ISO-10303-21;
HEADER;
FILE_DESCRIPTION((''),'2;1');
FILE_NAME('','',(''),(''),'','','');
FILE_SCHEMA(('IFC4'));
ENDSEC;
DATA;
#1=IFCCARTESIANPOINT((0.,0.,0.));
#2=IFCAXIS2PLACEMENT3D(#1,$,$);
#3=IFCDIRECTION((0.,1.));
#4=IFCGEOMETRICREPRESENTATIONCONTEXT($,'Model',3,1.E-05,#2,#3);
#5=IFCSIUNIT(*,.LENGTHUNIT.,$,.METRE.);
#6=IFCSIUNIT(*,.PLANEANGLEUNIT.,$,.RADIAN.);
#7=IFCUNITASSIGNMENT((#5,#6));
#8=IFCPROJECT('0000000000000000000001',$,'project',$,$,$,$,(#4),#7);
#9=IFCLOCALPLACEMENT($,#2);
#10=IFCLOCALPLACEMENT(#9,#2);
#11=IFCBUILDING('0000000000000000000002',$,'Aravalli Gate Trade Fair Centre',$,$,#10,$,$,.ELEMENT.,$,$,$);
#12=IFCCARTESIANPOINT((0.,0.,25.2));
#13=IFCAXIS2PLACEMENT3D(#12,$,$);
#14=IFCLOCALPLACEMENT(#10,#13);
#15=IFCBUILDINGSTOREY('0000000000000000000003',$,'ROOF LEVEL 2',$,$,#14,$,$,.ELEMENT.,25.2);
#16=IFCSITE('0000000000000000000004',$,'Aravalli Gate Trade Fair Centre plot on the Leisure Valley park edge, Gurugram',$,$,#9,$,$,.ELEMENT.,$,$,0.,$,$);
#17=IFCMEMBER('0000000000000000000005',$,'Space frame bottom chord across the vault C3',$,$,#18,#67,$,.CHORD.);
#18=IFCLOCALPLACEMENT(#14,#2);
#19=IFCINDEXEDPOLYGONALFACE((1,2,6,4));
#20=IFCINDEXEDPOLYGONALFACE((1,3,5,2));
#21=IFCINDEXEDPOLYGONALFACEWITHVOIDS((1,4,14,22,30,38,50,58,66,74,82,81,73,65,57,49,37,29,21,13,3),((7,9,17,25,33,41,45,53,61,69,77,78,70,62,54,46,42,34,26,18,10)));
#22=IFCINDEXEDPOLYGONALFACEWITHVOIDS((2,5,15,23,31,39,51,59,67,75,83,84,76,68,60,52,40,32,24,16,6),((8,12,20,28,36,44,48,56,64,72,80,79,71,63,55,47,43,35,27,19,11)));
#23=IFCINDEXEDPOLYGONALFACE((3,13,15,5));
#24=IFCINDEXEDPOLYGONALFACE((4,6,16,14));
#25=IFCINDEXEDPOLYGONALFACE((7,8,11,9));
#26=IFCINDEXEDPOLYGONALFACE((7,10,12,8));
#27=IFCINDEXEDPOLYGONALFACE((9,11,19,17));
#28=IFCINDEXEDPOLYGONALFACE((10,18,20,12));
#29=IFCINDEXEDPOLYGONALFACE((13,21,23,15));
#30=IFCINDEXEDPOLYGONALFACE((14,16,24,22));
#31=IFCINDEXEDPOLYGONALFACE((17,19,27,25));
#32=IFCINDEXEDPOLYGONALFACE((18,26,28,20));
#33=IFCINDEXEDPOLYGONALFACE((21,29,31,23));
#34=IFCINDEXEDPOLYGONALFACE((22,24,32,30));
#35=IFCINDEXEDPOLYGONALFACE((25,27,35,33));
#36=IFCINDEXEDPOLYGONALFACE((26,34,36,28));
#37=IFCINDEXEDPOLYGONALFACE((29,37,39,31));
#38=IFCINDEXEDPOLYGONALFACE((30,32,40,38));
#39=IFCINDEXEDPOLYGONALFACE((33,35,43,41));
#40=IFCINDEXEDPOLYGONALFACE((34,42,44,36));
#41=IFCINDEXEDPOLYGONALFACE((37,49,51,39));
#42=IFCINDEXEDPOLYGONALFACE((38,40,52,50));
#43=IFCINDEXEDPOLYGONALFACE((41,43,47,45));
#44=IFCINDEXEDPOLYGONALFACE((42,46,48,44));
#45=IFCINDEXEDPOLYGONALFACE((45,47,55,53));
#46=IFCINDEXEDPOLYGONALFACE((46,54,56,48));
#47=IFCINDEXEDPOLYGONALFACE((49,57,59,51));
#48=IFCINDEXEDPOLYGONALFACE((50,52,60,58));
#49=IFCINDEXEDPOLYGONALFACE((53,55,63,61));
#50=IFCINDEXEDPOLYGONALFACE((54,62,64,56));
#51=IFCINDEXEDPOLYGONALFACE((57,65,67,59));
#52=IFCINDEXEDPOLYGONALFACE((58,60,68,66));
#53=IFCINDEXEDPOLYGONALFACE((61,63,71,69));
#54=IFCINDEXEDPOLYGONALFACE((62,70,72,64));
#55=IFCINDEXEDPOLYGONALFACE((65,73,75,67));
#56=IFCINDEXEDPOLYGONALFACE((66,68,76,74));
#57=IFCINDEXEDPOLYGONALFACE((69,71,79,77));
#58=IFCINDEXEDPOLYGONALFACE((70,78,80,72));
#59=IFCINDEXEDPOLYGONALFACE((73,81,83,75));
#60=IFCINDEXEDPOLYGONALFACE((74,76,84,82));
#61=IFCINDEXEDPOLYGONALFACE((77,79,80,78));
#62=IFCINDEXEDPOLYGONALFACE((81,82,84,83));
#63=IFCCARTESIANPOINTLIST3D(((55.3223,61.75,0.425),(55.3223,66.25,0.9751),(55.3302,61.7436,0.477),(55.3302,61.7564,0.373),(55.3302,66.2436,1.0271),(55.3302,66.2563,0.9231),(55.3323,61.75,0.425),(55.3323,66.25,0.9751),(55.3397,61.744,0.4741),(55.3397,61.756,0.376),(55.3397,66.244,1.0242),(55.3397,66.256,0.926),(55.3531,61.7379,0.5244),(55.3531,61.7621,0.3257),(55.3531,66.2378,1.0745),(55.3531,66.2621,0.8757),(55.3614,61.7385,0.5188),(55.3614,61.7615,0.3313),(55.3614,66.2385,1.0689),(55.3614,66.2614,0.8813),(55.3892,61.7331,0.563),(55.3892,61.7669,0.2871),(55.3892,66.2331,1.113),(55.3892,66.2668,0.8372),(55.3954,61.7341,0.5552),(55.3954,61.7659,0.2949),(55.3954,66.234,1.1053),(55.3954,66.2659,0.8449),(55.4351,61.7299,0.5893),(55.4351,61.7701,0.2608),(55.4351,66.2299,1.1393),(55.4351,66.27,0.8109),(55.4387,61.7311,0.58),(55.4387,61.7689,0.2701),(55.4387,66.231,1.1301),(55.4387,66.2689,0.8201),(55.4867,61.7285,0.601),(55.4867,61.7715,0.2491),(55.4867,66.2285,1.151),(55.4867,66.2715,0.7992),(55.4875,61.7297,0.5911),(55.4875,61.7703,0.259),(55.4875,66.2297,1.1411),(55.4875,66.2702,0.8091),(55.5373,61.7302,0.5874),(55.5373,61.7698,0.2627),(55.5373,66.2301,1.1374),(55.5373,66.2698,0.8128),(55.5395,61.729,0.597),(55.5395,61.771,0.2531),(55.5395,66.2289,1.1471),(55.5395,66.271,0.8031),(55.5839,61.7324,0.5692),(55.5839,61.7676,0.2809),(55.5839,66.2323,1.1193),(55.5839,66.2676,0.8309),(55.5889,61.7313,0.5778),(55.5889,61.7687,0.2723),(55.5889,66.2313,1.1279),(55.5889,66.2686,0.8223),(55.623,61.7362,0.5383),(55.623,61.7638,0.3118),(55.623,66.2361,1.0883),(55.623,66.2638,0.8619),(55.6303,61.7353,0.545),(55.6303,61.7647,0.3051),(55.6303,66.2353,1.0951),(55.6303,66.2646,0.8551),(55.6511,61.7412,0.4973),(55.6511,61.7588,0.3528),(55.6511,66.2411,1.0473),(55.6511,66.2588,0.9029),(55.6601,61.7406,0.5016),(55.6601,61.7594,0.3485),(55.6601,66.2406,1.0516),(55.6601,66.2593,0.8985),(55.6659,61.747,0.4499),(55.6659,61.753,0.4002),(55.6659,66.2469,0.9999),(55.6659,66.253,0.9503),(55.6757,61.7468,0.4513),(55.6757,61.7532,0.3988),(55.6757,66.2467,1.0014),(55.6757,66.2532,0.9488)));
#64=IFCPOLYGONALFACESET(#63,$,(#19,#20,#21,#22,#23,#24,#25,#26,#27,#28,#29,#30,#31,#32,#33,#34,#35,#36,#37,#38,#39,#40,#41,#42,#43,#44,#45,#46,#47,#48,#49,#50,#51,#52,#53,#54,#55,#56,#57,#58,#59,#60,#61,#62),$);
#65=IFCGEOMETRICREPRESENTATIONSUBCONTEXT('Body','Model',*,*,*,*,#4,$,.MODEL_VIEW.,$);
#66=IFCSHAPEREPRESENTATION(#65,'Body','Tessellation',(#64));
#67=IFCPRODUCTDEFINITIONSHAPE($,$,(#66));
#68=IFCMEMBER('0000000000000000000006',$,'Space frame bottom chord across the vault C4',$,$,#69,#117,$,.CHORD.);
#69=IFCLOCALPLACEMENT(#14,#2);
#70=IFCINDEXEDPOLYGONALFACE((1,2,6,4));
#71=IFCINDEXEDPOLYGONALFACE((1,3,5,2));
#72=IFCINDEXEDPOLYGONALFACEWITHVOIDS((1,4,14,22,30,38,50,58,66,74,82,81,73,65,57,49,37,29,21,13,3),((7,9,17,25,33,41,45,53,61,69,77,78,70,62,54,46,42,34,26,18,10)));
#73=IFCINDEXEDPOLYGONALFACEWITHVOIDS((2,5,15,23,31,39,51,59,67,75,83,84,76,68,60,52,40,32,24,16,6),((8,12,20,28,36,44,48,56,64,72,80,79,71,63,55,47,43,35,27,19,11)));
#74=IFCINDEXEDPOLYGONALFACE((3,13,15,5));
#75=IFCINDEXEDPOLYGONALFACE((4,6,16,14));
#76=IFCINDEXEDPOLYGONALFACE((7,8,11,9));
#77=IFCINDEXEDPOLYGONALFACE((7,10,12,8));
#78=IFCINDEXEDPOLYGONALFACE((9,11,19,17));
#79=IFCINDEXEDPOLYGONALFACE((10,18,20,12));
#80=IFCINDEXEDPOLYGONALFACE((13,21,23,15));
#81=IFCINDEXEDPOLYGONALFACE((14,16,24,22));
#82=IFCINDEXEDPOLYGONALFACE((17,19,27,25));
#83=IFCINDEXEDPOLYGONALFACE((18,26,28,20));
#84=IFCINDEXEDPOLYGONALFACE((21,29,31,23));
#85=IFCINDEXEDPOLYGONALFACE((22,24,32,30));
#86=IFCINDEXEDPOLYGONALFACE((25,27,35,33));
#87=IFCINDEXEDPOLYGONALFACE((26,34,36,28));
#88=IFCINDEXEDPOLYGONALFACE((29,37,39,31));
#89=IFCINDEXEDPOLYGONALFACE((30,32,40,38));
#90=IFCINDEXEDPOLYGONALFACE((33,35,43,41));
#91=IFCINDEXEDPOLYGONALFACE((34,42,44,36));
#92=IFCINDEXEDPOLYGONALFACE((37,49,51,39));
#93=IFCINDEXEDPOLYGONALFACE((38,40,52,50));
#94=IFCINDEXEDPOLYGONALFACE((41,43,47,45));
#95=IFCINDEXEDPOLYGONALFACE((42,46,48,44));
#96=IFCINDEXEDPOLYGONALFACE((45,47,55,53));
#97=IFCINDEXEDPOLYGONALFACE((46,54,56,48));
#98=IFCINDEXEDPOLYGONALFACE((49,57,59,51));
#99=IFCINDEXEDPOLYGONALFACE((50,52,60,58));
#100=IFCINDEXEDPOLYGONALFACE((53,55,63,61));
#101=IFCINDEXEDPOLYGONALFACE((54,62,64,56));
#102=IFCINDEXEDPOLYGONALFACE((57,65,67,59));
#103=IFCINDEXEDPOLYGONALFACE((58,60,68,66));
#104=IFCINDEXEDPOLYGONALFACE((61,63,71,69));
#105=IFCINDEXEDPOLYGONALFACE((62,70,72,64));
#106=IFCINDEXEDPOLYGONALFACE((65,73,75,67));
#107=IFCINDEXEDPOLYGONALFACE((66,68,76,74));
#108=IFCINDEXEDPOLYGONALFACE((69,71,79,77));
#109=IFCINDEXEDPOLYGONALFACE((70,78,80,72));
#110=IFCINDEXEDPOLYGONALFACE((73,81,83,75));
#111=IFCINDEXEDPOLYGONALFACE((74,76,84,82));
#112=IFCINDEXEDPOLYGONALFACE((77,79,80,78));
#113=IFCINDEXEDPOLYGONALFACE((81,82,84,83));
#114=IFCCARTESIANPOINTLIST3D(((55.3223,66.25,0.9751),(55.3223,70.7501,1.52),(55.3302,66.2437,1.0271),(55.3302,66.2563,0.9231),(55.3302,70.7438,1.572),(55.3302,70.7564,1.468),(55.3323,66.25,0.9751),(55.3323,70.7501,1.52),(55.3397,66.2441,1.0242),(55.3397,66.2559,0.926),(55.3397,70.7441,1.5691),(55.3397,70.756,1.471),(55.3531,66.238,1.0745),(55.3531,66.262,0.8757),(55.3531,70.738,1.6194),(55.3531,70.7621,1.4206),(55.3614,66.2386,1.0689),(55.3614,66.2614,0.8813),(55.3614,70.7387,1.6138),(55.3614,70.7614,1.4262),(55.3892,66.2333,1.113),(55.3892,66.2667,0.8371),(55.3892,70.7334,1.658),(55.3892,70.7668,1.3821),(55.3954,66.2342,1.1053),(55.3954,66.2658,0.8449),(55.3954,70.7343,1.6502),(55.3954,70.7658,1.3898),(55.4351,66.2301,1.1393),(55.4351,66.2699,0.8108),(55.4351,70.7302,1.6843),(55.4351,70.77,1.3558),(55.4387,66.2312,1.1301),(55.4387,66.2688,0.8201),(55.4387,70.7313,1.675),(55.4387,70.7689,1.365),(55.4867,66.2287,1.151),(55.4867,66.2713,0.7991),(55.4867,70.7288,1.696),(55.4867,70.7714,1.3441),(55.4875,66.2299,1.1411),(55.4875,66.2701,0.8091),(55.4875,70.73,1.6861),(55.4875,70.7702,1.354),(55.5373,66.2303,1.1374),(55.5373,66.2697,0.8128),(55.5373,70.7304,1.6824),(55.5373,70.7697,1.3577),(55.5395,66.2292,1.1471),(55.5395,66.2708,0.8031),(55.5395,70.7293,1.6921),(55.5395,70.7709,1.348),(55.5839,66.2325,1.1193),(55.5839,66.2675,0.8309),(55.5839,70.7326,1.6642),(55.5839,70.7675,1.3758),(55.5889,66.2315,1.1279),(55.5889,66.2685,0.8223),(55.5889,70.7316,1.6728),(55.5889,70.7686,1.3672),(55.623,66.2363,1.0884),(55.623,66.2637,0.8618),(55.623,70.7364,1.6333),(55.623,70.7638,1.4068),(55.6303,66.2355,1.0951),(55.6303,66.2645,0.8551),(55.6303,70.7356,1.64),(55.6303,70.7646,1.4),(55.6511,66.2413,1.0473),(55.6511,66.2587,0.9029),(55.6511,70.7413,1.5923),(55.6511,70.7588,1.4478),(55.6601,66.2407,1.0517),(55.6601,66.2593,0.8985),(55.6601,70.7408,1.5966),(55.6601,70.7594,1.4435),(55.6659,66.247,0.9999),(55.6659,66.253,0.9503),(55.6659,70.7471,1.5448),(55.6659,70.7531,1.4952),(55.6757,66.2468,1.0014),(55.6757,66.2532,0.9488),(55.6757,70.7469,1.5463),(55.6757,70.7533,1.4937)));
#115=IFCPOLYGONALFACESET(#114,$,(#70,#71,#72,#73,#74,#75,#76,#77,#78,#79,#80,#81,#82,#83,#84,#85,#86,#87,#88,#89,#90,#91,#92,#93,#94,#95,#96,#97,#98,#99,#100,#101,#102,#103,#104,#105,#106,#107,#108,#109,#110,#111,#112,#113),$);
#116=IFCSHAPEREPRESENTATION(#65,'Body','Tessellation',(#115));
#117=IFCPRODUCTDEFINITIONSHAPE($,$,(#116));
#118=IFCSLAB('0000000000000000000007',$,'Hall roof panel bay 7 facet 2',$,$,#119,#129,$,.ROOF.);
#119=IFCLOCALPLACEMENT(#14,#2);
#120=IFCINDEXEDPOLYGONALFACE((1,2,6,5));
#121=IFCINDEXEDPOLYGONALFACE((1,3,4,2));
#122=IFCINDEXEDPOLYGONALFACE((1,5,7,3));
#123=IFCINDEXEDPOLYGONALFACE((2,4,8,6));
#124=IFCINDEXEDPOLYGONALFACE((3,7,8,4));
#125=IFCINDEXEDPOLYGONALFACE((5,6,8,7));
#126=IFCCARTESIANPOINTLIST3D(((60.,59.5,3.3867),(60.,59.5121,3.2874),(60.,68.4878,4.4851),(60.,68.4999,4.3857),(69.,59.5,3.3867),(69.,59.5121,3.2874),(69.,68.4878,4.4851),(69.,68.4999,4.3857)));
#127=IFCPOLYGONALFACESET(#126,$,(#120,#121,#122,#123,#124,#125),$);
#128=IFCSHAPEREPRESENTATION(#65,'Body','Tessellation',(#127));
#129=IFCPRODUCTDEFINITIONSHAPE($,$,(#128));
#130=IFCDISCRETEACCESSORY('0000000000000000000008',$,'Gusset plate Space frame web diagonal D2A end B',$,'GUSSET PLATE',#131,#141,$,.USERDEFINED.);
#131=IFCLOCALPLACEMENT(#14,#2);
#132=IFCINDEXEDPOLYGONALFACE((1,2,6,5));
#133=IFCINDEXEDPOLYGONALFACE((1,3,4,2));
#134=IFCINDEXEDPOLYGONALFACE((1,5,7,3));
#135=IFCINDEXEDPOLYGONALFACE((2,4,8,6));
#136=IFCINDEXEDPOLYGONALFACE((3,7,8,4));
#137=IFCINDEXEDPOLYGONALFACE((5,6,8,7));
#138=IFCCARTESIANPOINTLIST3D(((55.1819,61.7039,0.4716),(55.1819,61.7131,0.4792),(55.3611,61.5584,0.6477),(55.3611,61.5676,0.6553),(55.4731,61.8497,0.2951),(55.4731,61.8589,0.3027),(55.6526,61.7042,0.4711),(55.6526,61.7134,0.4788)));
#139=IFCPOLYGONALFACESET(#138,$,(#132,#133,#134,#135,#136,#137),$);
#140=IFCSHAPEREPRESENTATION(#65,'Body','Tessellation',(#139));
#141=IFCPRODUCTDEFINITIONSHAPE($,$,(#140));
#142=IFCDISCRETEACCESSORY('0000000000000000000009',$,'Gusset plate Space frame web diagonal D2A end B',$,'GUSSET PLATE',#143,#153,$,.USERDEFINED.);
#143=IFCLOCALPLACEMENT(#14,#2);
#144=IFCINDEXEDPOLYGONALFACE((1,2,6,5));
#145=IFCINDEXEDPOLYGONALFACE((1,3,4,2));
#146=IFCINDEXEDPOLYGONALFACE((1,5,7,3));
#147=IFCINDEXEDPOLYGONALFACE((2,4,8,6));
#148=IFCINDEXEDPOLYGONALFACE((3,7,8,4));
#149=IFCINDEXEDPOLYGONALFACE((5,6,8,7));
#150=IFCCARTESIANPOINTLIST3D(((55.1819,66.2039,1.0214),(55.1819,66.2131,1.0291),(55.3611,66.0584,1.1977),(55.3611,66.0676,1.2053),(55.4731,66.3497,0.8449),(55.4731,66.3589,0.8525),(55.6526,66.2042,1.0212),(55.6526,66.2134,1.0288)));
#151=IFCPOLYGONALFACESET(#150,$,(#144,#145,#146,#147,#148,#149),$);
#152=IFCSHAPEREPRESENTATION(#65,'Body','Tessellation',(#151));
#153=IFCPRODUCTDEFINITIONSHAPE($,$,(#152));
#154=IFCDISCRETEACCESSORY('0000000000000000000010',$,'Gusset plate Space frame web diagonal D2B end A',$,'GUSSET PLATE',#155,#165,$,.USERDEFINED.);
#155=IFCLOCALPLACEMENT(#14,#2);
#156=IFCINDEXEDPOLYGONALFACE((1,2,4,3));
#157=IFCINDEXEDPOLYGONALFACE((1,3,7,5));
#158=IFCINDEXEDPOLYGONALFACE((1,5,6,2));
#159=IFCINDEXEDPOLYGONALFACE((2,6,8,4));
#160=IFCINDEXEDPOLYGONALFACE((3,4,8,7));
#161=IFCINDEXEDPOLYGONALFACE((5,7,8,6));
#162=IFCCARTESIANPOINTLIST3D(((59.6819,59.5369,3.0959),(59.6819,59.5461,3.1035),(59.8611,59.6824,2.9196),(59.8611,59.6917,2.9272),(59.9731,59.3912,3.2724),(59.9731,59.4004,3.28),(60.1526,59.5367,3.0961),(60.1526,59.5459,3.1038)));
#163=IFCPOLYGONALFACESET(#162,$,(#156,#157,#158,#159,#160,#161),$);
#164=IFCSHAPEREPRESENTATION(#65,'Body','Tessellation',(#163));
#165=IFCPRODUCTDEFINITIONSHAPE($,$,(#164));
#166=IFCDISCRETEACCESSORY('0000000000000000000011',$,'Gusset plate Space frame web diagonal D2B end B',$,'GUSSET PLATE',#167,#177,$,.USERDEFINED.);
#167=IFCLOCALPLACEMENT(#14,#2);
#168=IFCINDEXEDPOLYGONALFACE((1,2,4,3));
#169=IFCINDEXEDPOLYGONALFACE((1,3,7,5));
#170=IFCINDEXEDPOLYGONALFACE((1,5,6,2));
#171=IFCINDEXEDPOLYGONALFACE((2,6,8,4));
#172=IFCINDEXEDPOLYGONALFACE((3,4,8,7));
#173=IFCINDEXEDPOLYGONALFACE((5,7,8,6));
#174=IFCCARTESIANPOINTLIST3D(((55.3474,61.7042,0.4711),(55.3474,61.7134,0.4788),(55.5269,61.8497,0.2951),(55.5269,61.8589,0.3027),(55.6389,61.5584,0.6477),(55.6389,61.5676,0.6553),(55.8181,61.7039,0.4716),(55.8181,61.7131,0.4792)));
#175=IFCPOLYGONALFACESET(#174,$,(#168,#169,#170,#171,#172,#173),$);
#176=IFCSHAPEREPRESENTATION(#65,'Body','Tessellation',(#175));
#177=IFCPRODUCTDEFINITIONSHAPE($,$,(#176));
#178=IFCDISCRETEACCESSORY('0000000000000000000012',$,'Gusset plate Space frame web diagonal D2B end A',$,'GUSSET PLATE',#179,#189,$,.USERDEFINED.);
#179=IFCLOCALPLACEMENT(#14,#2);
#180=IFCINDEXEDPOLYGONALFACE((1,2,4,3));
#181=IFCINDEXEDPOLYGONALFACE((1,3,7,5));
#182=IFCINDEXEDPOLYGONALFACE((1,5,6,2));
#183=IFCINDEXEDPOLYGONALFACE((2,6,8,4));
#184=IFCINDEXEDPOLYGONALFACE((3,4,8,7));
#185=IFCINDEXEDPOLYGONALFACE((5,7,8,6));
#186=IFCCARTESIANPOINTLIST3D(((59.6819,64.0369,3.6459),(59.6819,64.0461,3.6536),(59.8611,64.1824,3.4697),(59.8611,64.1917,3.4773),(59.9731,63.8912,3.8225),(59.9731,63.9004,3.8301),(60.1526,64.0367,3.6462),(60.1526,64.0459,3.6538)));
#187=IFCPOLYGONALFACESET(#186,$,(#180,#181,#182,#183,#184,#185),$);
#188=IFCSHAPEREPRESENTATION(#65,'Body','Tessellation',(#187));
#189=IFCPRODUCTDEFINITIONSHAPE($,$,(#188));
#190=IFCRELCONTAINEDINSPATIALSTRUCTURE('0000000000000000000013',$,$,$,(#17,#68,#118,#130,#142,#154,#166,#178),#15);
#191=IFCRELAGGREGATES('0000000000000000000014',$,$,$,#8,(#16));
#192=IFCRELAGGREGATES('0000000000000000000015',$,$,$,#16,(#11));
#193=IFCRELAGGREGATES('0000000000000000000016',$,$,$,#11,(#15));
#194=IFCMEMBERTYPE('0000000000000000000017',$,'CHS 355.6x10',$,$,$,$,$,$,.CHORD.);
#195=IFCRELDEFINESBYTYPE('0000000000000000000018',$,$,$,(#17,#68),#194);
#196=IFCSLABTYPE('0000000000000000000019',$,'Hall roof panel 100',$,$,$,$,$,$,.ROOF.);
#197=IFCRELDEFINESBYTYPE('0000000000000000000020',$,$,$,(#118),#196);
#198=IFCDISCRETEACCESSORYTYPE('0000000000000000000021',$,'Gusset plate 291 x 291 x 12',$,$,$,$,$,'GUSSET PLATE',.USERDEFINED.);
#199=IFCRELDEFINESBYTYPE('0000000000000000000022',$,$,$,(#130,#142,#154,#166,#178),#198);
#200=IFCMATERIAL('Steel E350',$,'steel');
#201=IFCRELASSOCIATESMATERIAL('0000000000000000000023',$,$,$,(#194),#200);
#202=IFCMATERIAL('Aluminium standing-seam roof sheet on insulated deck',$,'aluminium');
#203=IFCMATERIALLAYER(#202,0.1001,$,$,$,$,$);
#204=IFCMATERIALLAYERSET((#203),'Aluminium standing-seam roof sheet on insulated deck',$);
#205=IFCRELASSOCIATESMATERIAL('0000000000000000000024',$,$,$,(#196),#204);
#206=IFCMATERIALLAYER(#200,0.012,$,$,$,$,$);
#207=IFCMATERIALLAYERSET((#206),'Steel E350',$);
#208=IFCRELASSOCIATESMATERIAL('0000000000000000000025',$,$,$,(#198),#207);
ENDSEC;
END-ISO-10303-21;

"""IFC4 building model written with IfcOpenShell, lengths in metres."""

from ifc_helpers import new_model, si_unit, direction, frame, origin, origin_2d, place, context, subcontext, project, spatial, polyline, hollow_circle, outline, extrude, material, layer, layer_set, material_profile, profile_set, type_object, element, save


model = new_model("IFC4")

# Units and contexts
model_context = context("Model", 3, precision=1e-05, world=origin(), true_north=direction((0.0, 1.0)))
body_context = subcontext(model_context, "Body", "Model", "MODEL_VIEW")
ifc_project = project(units=[si_unit("LENGTHUNIT", "METRE"), si_unit("PLANEANGLEUNIT", "RADIAN")], contexts=[model_context])

# Site, building, storey
site_placement = place(None, origin())
site = spatial("IfcSite", under=ifc_project, at=site_placement, Name="Aravalli Gate Trade Fair Centre plot on the Leisure Valley park edge, Gurugram", CompositionType="ELEMENT", RefElevation=0.0)
building_placement = place(site_placement, origin())
building = spatial("IfcBuilding", under=site, at=building_placement, Name="Aravalli Gate Trade Fair Centre", CompositionType="ELEMENT")
storey_placement = place(building_placement, frame((0.0, 0.0, 25.2)))
storey = spatial("IfcBuildingStorey", under=building, at=storey_placement, Name="ROOF LEVEL 2", CompositionType="ELEMENT", Elevation=25.2)

# Members
ifc_material_1 = material(Name="Steel E350", Category="steel")
ifc_material_profile_1 = material_profile(ifc_material_1, hollow_circle(Radius=0.1777, WallThickness=0.01, at=origin_2d()), Name="CHS 355.6x10")
ifc_profile_set_1 = profile_set([ifc_material_profile_1], Name="Steel E350")
member_type_1 = type_object("IfcMemberType", Name="CHS 355.6x10", PredefinedType="CHORD", material=ifc_profile_set_1)
member_1_placement = place(storey_placement, frame((55.5, 61.75, 0.425), z_axis=(0.0, 0.992612, 0.12133), x_axis=(-1.0, 0.0, 0.0)))
element("IfcMember", 1, at=member_1_placement, inside=storey, type_object=member_type_1, Name="Space frame bottom chord across the vault C3", PredefinedType="CHORD", context=body_context, shape_type="SweptSolid", body=[
    extrude(hollow_circle(Radius=0.1777, WallThickness=0.01, at=origin_2d()), origin(), (0.0, 0.0, 1.0), 4.5334),
])
member_2_placement = place(storey_placement, frame((55.5, 66.25, 0.9751), z_axis=(0.0, 0.992748, 0.120216), x_axis=(-1.0, 0.0, 0.0)))
element("IfcMember", 2, at=member_2_placement, inside=storey, type_object=member_type_1, Name="Space frame bottom chord across the vault C4", PredefinedType="CHORD", context=body_context, shape_type="SweptSolid", body=[
    extrude(hollow_circle(Radius=0.1777, WallThickness=0.01, at=origin_2d()), origin(), (0.0, 0.0, 1.0), 4.533),
])

# Slab
ifc_material_2 = material(Name="Aluminium standing-seam roof sheet on insulated deck", Category="aluminium")
ifc_layer_1 = layer(ifc_material_2, 0.1001)
ifc_layer_set_1 = layer_set([ifc_layer_1], Name="Aluminium standing-seam roof sheet on insulated deck")
slab_type = type_object("IfcSlabType", Name="Hall roof panel 100", PredefinedType="ROOF", material=ifc_layer_set_1)
slab_placement = place(storey_placement, frame((60.0, 59.5, 3.3867), z_axis=(0.0, -0.121306, 0.992615), x_axis=(1.0, 0.0, 0.0)))
element("IfcSlab", 3, at=slab_placement, inside=storey, type_object=slab_type, Name="Hall roof panel bay 7 facet 2", PredefinedType="ROOF", context=body_context, shape_type="SweptSolid", body=[
    extrude(outline(polyline([(0.0, 0.0), (9.0, 0.0), (9.0, 9.0547), (0.0, 9.0547), (0.0, 0.0)])), origin(), (0.0, 0.0, -1.0), 0.1001),
])

# Discrete accessories
ifc_layer_2 = layer(ifc_material_1, 0.012)
ifc_layer_set_2 = layer_set([ifc_layer_2], Name="Steel E350")
discrete_accessory_type = type_object("IfcDiscreteAccessoryType", Name="Gusset plate 291 x 291 x 12", ElementType="GUSSET PLATE", PredefinedType="USERDEFINED", material=ifc_layer_set_2)
discrete_accessory_1_placement = place(storey_placement, frame((55.1819, 61.7131, 0.4792), z_axis=(0.000261, 0.770887, 0.636972), x_axis=(0.786233, 0.393446, -0.476485)))
element("IfcDiscreteAccessory", 4, at=discrete_accessory_1_placement, inside=storey, type_object=discrete_accessory_type, Name="Gusset plate Space frame web diagonal D2A end B", ObjectType="GUSSET PLATE", PredefinedType="USERDEFINED", context=body_context, shape_type="SweptSolid", body=[
    extrude(outline(polyline([(0.0, 0.0), (0.3704, 0.0), (0.3704, -0.2904), (-0.0002, -0.2903), (0.0, 0.0)])), origin(), (0.0, 0.0, -1.0), 0.012),
])
discrete_accessory_2_placement = place(storey_placement, frame((55.1819, 66.2131, 1.0291), z_axis=(-0.00007, 0.771155, 0.636648), x_axis=(0.786233, 0.393446, -0.476485)))
element("IfcDiscreteAccessory", 5, at=discrete_accessory_2_placement, inside=storey, type_object=discrete_accessory_type, Name="Gusset plate Space frame web diagonal D2A end B", ObjectType="GUSSET PLATE", PredefinedType="USERDEFINED", context=body_context, shape_type="SweptSolid", body=[
    extrude(outline(polyline([(0.0, 0.0), (0.3704, 0.0), (0.3703, -0.2906), (-0.0003, -0.2904), (0.0, 0.0)])), origin(), (0.0, 0.0, -1.0), 0.012),
])
discrete_accessory_3_placement = place(storey_placement, frame((59.6819, 59.5461, 3.1035), z_axis=(0.00007, 0.771155, 0.636648), x_axis=(0.786233, -0.393446, 0.476485)))
element("IfcDiscreteAccessory", 6, at=discrete_accessory_3_placement, inside=storey, type_object=discrete_accessory_type, Name="Gusset plate Space frame web diagonal D2B end A", ObjectType="GUSSET PLATE", PredefinedType="USERDEFINED", context=body_context, shape_type="SweptSolid", body=[
    extrude(outline(polyline([(0.0, 0.0), (0.3704, 0.0), (0.3703, 0.2906), (-0.0003, 0.2904), (0.0, 0.0)])), origin(), (0.0, 0.0, -1.0), 0.012),
])
discrete_accessory_4_placement = place(storey_placement, frame((55.6389, 61.5676, 0.6553), z_axis=(-0.000261, 0.770887, 0.636972), x_axis=(-0.786484, 0.393242, -0.476238)))
element("IfcDiscreteAccessory", 7, at=discrete_accessory_4_placement, inside=storey, type_object=discrete_accessory_type, Name="Gusset plate Space frame web diagonal D2B end B", ObjectType="GUSSET PLATE", PredefinedType="USERDEFINED", context=body_context, shape_type="SweptSolid", body=[
    extrude(outline(polyline([(0.0, 0.0), (0.3706, 0.0), (0.3706, -0.2904), (0.0001, -0.2903), (0.0, 0.0)])), origin(), (0.0, 0.0, -1.0), 0.012),
])
discrete_accessory_5_placement = place(storey_placement, frame((59.6819, 64.0461, 3.6536), z_axis=(0.00007, 0.771155, 0.636648), x_axis=(0.786233, -0.393446, 0.476485)))
element("IfcDiscreteAccessory", 8, at=discrete_accessory_5_placement, inside=storey, type_object=discrete_accessory_type, Name="Gusset plate Space frame web diagonal D2B end A", ObjectType="GUSSET PLATE", PredefinedType="USERDEFINED", context=body_context, shape_type="SweptSolid", body=[
    extrude(outline(polyline([(0.0, 0.0), (0.3704, 0.0), (0.3703, 0.2906), (-0.0003, 0.2904), (0.0, 0.0)])), origin(), (0.0, 0.0, -1.0), 0.012),
])

save(model, "model.ifc")
